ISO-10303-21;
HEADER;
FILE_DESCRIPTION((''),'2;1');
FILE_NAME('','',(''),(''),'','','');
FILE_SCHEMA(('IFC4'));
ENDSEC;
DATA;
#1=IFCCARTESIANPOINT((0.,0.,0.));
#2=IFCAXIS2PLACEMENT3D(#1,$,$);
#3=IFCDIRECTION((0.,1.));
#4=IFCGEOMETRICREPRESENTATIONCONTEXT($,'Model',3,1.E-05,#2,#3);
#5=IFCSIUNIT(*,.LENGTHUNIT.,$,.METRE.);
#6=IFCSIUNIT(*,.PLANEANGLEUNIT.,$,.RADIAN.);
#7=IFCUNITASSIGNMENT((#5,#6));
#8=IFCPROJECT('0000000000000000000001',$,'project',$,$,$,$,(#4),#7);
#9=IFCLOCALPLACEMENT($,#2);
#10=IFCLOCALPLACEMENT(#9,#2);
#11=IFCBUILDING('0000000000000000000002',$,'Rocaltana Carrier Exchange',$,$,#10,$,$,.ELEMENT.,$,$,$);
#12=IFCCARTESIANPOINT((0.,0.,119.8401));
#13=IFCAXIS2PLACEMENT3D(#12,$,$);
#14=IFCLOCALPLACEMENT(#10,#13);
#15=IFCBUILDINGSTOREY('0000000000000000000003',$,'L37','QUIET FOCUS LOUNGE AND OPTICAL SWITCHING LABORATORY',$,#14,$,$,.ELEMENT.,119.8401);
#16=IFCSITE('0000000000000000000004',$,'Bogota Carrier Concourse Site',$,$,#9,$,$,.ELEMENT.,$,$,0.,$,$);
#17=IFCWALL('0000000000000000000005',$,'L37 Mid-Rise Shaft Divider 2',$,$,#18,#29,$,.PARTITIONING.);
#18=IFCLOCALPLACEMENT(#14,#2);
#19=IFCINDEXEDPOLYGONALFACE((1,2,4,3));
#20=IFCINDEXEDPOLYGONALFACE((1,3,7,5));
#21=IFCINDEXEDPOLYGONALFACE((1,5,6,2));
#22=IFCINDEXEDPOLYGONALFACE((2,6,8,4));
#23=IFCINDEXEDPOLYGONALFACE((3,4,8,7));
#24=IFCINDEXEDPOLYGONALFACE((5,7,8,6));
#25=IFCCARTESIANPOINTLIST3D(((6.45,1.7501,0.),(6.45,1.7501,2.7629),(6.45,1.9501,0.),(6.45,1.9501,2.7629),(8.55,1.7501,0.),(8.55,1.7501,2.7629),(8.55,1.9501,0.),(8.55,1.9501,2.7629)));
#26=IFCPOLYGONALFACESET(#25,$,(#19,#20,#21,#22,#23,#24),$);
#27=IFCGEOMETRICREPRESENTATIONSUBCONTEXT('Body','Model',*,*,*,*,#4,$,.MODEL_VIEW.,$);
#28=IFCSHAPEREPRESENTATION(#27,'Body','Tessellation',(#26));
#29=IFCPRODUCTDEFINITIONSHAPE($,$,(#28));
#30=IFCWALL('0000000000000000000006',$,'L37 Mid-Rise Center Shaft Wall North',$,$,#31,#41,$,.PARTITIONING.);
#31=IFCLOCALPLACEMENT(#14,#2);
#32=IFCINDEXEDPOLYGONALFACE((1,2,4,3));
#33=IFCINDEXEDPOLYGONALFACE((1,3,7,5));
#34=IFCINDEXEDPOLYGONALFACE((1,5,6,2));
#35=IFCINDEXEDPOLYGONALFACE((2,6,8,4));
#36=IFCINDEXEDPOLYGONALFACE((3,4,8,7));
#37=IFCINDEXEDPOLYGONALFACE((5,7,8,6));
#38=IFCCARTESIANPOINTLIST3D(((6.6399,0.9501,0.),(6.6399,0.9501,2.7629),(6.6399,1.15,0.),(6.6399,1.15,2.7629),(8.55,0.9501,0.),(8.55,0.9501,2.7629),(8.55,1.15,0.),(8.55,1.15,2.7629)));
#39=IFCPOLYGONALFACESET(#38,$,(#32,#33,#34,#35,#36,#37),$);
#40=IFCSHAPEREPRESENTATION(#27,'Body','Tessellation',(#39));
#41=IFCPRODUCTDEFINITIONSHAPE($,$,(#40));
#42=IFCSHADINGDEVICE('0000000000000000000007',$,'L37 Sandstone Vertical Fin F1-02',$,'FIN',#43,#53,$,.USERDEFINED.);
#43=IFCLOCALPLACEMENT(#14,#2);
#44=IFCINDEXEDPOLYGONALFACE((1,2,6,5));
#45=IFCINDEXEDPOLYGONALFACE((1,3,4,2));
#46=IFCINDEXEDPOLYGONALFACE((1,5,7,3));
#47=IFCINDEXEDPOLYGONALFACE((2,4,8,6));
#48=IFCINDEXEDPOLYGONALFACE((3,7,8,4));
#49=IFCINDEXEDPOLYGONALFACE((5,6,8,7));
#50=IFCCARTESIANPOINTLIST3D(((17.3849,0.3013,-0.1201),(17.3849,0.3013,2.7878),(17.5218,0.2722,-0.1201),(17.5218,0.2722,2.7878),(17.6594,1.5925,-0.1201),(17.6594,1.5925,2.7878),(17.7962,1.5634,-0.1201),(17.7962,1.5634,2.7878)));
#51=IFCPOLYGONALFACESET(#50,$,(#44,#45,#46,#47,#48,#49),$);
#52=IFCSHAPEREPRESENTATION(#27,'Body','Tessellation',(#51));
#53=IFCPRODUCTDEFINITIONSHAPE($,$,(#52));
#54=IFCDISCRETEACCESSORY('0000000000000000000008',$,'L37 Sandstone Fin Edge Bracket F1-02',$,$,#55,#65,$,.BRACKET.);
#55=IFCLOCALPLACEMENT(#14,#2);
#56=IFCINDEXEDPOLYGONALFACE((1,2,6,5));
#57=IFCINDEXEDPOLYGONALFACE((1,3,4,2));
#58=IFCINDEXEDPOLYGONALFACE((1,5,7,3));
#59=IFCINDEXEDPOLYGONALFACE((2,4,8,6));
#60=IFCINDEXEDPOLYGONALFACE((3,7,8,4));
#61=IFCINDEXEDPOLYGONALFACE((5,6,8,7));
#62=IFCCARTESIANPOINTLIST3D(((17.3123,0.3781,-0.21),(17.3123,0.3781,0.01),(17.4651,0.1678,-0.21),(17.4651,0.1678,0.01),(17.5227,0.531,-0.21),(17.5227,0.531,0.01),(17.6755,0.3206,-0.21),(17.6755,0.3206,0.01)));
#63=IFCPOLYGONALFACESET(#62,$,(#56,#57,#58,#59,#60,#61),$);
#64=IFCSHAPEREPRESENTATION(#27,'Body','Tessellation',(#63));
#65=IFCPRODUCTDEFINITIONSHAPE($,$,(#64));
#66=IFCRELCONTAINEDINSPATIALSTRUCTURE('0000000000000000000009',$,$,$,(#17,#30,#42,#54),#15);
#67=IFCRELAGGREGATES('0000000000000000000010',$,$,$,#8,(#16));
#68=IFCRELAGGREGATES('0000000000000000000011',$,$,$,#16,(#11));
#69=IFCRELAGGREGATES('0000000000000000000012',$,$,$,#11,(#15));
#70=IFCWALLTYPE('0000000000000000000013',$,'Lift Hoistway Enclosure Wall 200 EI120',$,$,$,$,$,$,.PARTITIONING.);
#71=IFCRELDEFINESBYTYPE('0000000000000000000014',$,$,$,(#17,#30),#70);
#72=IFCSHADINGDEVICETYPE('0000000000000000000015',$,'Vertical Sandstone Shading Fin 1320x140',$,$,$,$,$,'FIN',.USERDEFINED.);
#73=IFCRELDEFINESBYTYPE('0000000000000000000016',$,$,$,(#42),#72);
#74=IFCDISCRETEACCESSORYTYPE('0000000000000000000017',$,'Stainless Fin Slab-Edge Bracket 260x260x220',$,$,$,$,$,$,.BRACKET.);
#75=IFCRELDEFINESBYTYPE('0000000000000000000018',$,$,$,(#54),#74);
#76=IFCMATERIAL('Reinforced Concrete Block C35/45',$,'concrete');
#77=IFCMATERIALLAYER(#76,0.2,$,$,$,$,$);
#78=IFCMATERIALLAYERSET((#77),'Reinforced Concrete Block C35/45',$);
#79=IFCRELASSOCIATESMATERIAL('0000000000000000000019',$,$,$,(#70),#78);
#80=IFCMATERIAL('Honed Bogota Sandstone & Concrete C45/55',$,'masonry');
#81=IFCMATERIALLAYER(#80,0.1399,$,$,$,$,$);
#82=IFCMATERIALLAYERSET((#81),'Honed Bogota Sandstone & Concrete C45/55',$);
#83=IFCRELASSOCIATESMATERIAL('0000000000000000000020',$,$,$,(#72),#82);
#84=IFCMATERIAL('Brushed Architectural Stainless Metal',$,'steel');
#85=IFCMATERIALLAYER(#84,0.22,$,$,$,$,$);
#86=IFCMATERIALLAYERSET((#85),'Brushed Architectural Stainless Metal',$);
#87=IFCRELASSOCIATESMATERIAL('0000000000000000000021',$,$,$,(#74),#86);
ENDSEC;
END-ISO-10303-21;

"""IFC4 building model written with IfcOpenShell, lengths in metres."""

from ifc_helpers import new_model, si_unit, direction, frame, frame_2d, origin, origin_2d, place, context, subcontext, project, spatial, rectangle, extrude, material, layer, layer_set, type_object, element, save


model = new_model("IFC4")

# Units and contexts
model_context = context("Model", 3, precision=1e-05, world=origin(), true_north=direction((0.0, 1.0)))
body_context = subcontext(model_context, "Body", "Model", "MODEL_VIEW")
ifc_project = project(units=[si_unit("LENGTHUNIT", "METRE"), si_unit("PLANEANGLEUNIT", "RADIAN")], contexts=[model_context])

# Site, building, storey
site_placement = place(None, origin())
site = spatial("IfcSite", under=ifc_project, at=site_placement, Name="Bogota Carrier Concourse Site", CompositionType="ELEMENT", RefElevation=0.0)
building_placement = place(site_placement, origin())
building = spatial("IfcBuilding", under=site, at=building_placement, Name="Rocaltana Carrier Exchange", CompositionType="ELEMENT")
storey_placement = place(building_placement, frame((0.0, 0.0, 119.8401)))
storey = spatial("IfcBuildingStorey", under=building, at=storey_placement, Name="L37", Description="QUIET FOCUS LOUNGE AND OPTICAL SWITCHING LABORATORY", CompositionType="ELEMENT", Elevation=119.8401)

# Walls
ifc_material_1 = material(Name="Reinforced Concrete Block C35/45", Category="concrete")
ifc_layer_1 = layer(ifc_material_1, 0.2)
ifc_layer_set_1 = layer_set([ifc_layer_1], Name="Reinforced Concrete Block C35/45")
wall_type_1 = type_object("IfcWallType", Name="Lift Hoistway Enclosure Wall 200 EI120", PredefinedType="PARTITIONING", material=ifc_layer_set_1)
wall_1_placement = place(storey_placement, frame((6.45, 1.8501, 0.0), z_axis=(0.0, 0.0, 1.0), x_axis=(1.0, 0.0, 0.0)))
element("IfcWall", 1, at=wall_1_placement, inside=storey, type_object=wall_type_1, Name="L37 Mid-Rise Shaft Divider 2", PredefinedType="PARTITIONING", context=body_context, shape_type="SweptSolid", body=[
    extrude(rectangle(XDim=2.1001, YDim=0.2, at=frame_2d((1.05, 0.0))), origin(), (0.0, 0.0, 1.0), 2.7629),
])
wall_2_placement = place(storey_placement, frame((6.6399, 1.05, 0.0), z_axis=(0.0, 0.0, 1.0), x_axis=(1.0, 0.0, 0.0)))
element("IfcWall", 2, at=wall_2_placement, inside=storey, type_object=wall_type_1, Name="L37 Mid-Rise Center Shaft Wall North", PredefinedType="PARTITIONING", context=body_context, shape_type="SweptSolid", body=[
    extrude(rectangle(XDim=1.9102, YDim=0.2, at=frame_2d((0.9551, 0.0))), origin(), (0.0, 0.0, 1.0), 2.7629),
])

# Shading device
ifc_material_2 = material(Name="Honed Bogota Sandstone & Concrete C45/55", Category="masonry")
ifc_layer_2 = layer(ifc_material_2, 0.1399)
ifc_layer_set_2 = layer_set([ifc_layer_2], Name="Honed Bogota Sandstone & Concrete C45/55")
shading_device_type = type_object("IfcShadingDeviceType", Name="Vertical Sandstone Shading Fin 1320x140", ElementType="FIN", PredefinedType="USERDEFINED", material=ifc_layer_set_2)
shading_device_placement = place(storey_placement, frame((17.5906, 0.9324, -0.1201), z_axis=(0.0, 0.0, 1.0), x_axis=(0.207912, 0.978148, 0.0)))
element("IfcShadingDevice", 3, at=shading_device_placement, inside=storey, type_object=shading_device_type, Name="L37 Sandstone Vertical Fin F1-02", ObjectType="FIN", PredefinedType="USERDEFINED", context=body_context, shape_type="SweptSolid", body=[
    extrude(rectangle(XDim=1.3201, YDim=0.1399, at=origin_2d()), origin(), (0.0, 0.0, 1.0), 2.908),
])

# Discrete accessory
ifc_material_3 = material(Name="Brushed Architectural Stainless Metal", Category="steel")
ifc_layer_3 = layer(ifc_material_3, 0.22)
ifc_layer_set_3 = layer_set([ifc_layer_3], Name="Brushed Architectural Stainless Metal")
discrete_accessory_type = type_object("IfcDiscreteAccessoryType", Name="Stainless Fin Slab-Edge Bracket 260x260x220", PredefinedType="BRACKET", material=ifc_layer_set_3)
discrete_accessory_placement = place(storey_placement, frame((17.4939, 0.3494, -0.21), z_axis=(0.0, 0.0, 1.0), x_axis=(-0.587785, 0.809017, 0.0)))
element("IfcDiscreteAccessory", 4, at=discrete_accessory_placement, inside=storey, type_object=discrete_accessory_type, Name="L37 Sandstone Fin Edge Bracket F1-02", PredefinedType="BRACKET", context=body_context, shape_type="SweptSolid", body=[
    extrude(rectangle(XDim=0.26, YDim=0.26, at=origin_2d()), origin(), (0.0, 0.0, 1.0), 0.22),
])

save(model, "model.ifc")
